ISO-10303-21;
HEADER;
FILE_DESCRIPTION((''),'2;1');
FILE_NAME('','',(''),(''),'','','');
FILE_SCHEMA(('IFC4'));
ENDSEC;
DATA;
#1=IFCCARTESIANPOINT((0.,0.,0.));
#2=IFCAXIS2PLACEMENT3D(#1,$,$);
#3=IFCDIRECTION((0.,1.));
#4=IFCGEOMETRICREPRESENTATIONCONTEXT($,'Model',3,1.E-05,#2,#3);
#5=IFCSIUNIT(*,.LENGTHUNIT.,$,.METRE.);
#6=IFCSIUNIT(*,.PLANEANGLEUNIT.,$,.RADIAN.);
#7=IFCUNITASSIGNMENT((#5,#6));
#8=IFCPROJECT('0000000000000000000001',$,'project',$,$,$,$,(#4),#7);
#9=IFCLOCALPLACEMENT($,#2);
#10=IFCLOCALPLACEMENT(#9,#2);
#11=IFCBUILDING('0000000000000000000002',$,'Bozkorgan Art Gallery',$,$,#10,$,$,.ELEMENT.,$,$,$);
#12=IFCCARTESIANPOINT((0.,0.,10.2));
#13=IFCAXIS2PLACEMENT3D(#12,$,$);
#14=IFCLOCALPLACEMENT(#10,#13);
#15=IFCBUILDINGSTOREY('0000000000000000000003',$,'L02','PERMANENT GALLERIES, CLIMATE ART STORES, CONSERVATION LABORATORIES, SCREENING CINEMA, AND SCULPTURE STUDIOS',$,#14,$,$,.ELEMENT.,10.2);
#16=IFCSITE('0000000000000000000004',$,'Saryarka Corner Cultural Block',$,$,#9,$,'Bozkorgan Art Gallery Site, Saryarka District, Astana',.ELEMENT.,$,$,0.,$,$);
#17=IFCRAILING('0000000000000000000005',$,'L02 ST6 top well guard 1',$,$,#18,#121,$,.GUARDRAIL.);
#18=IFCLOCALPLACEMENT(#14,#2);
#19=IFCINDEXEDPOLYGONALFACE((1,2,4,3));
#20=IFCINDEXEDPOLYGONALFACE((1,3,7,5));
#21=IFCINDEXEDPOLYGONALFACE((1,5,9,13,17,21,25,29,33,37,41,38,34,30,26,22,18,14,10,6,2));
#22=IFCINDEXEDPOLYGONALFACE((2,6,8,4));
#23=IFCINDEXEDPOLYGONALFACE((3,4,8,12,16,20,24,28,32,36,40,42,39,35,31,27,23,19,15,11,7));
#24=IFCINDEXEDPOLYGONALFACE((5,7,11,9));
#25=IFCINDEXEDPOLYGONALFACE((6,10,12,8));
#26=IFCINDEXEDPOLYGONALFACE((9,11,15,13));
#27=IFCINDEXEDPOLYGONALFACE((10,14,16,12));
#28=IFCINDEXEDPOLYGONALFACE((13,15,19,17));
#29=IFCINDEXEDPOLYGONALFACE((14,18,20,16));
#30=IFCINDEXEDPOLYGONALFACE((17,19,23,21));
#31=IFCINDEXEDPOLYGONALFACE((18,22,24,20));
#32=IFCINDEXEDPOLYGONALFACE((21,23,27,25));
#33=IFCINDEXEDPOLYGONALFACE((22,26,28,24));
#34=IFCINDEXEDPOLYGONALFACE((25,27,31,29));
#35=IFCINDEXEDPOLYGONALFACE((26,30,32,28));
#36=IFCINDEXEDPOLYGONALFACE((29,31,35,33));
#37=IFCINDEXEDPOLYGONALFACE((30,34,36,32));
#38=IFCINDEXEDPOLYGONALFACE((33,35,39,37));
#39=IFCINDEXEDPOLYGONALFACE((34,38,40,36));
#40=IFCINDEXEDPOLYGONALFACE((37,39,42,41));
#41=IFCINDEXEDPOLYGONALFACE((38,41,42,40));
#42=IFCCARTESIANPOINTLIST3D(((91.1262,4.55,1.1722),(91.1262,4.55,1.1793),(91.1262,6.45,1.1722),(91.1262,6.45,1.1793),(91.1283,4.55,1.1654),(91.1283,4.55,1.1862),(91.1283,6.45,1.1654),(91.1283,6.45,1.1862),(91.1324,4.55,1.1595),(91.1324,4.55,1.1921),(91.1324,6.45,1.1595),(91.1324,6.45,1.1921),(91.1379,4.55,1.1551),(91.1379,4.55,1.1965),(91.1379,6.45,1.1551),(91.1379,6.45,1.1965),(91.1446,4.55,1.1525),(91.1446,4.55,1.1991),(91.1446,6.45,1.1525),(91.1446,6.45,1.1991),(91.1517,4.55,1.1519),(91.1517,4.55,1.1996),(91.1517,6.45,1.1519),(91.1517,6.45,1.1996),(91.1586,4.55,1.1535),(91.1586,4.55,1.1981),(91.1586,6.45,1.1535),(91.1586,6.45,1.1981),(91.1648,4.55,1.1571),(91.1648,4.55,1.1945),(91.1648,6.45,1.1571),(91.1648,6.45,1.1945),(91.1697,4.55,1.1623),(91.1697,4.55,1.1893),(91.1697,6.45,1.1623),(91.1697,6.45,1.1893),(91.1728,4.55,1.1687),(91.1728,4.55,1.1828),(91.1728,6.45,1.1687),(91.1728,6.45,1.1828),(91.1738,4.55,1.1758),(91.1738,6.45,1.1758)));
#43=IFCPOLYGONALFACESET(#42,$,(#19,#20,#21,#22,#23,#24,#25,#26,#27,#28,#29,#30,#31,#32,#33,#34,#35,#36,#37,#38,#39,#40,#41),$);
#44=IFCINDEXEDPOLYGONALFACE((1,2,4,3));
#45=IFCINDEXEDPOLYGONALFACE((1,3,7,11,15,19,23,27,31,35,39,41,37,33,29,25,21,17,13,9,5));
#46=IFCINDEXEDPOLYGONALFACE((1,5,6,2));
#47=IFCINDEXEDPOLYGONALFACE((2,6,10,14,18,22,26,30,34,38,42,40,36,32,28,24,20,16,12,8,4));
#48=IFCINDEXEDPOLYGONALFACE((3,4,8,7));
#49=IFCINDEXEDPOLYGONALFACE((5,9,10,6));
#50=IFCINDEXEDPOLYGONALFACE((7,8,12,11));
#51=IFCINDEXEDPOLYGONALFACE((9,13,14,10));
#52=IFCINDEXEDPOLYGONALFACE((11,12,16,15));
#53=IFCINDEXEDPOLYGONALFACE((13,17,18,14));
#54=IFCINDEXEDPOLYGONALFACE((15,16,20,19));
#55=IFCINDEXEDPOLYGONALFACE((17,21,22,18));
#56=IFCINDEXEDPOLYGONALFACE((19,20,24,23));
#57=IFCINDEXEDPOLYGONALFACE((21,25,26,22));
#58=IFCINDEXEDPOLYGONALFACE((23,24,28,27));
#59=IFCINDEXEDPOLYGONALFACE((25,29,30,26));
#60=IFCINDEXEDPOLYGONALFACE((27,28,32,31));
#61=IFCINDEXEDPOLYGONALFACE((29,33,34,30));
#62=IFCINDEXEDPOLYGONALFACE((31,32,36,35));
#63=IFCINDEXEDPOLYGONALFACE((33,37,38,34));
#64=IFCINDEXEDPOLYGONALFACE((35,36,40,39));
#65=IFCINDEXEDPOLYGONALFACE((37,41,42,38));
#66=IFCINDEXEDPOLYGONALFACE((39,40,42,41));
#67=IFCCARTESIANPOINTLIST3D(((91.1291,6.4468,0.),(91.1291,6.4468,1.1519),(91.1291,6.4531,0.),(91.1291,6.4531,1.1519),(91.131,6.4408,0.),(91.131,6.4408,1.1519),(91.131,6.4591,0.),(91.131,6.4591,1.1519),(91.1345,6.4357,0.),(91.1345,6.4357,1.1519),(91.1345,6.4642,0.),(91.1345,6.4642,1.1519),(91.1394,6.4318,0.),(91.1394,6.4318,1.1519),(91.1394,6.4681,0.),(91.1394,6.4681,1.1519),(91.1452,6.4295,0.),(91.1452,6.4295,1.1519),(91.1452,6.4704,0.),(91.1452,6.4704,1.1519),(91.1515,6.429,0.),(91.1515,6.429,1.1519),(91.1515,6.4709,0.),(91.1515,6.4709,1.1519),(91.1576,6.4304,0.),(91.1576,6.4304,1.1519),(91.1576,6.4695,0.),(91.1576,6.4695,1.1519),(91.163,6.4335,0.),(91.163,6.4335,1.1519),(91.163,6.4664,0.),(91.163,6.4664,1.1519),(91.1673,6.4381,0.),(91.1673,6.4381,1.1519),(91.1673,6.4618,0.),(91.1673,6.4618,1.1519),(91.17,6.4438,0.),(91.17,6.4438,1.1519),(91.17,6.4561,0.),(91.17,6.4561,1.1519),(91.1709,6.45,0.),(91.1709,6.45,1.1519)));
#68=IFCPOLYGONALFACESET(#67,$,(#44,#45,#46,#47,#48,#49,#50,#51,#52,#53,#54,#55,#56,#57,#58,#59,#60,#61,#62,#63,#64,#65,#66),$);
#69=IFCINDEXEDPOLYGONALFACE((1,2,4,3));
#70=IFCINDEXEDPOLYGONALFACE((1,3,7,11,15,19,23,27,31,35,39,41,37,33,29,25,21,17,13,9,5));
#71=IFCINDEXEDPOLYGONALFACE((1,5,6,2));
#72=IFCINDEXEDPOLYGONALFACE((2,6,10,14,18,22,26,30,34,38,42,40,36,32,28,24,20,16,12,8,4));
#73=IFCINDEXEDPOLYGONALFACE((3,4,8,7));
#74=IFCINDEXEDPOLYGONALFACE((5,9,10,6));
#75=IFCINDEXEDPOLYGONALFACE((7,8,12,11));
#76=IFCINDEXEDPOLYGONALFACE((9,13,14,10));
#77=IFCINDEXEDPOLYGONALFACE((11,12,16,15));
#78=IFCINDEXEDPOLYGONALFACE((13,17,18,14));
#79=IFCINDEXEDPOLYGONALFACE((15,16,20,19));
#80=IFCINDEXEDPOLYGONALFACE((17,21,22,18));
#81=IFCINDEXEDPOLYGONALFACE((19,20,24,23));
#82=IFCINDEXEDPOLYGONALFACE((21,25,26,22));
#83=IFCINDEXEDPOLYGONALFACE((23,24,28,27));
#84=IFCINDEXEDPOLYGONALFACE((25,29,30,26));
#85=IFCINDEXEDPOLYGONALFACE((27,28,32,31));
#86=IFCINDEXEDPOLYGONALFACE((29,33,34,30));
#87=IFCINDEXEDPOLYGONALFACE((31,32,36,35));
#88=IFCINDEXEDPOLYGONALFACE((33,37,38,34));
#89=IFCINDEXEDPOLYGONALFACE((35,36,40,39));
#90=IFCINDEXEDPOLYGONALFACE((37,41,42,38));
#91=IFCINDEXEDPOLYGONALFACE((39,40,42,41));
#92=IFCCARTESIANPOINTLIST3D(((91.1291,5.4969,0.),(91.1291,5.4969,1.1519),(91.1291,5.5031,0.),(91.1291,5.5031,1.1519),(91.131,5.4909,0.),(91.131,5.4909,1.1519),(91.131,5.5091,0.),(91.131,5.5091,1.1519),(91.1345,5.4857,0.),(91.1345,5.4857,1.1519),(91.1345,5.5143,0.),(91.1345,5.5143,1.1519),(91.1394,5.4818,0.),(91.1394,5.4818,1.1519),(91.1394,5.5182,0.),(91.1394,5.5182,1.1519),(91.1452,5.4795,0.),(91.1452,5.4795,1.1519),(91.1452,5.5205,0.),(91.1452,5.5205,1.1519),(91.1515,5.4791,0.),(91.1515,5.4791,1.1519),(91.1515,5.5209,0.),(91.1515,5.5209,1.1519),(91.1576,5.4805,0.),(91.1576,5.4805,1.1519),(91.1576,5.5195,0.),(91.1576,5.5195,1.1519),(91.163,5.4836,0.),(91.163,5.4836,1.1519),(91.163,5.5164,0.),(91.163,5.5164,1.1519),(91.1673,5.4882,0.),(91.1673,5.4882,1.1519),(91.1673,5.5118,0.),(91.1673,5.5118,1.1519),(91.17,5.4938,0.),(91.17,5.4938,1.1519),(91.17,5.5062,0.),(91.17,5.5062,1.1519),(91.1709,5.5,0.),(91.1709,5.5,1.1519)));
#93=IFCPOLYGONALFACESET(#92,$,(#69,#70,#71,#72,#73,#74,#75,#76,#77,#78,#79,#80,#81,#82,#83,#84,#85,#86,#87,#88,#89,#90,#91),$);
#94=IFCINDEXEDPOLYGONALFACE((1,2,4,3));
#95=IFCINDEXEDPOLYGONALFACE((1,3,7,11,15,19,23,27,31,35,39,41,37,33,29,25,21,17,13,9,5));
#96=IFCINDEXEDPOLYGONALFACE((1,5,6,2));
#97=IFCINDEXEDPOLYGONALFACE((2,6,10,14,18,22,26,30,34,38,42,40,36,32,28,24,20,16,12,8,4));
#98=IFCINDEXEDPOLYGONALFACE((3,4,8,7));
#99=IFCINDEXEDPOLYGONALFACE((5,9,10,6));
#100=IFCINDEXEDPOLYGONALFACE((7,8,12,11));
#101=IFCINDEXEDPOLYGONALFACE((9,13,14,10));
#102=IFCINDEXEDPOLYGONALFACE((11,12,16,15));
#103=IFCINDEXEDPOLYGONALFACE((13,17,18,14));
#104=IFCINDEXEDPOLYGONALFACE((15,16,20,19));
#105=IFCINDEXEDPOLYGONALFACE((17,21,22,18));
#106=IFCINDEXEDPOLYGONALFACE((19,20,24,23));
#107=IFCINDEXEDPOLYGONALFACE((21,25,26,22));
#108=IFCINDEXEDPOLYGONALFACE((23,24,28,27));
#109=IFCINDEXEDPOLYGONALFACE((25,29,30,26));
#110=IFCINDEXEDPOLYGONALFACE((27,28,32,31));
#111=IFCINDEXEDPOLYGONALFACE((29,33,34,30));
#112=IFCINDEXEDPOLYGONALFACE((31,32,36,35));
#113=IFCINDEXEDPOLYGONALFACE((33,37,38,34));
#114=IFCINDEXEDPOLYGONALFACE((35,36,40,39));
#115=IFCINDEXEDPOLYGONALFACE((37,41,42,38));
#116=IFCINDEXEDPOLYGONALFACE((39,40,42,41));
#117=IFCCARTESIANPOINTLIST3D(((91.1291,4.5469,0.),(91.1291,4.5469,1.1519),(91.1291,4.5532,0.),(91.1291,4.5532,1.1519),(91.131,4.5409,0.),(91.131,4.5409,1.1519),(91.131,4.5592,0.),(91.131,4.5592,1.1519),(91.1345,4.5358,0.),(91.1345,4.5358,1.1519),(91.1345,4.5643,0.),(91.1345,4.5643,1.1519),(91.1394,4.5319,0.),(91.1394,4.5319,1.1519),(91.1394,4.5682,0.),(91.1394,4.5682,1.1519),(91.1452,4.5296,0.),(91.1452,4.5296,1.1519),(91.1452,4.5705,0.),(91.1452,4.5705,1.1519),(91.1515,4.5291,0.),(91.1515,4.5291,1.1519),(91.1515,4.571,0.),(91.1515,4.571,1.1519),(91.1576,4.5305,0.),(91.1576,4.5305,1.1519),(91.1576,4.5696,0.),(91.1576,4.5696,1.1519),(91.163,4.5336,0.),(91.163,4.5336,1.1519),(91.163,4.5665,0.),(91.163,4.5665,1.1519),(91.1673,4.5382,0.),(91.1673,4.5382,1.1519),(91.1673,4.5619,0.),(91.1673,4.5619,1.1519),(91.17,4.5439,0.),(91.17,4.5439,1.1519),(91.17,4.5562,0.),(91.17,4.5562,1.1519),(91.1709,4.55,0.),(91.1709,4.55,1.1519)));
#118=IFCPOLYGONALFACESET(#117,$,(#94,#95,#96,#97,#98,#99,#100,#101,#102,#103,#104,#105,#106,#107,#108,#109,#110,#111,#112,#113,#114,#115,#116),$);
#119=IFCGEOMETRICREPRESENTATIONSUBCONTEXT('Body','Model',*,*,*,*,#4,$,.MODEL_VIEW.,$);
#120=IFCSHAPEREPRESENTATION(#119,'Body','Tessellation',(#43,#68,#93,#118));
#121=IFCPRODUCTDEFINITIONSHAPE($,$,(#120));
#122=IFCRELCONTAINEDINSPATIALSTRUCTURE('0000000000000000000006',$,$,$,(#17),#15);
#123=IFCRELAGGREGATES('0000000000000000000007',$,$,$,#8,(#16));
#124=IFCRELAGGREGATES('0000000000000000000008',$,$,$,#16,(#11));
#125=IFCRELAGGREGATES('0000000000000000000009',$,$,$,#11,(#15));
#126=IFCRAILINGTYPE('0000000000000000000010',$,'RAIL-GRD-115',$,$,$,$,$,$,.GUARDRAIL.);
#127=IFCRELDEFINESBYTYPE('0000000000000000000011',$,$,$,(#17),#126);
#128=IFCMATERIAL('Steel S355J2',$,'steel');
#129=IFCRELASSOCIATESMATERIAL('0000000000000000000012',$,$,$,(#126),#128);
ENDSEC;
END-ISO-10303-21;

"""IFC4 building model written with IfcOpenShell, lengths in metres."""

from ifc_helpers import new_model, si_unit, direction, frame, origin, origin_2d, place, context, subcontext, project, spatial, circle, extrude, material, type_object, element, save


model = new_model("IFC4")

# Units and contexts
model_context = context("Model", 3, precision=1e-05, world=origin(), true_north=direction((0.0, 1.0)))
body_context = subcontext(model_context, "Body", "Model", "MODEL_VIEW")
ifc_project = project(units=[si_unit("LENGTHUNIT", "METRE"), si_unit("PLANEANGLEUNIT", "RADIAN")], contexts=[model_context])

# Site, building, storey
site_placement = place(None, origin())
site = spatial("IfcSite", under=ifc_project, at=site_placement, Name="Saryarka Corner Cultural Block", LongName="Bozkorgan Art Gallery Site, Saryarka District, Astana", CompositionType="ELEMENT", RefElevation=0.0)
building_placement = place(site_placement, origin())
building = spatial("IfcBuilding", under=site, at=building_placement, Name="Bozkorgan Art Gallery", CompositionType="ELEMENT")
storey_placement = place(building_placement, frame((0.0, 0.0, 10.2)))
storey = spatial("IfcBuildingStorey", under=building, at=storey_placement, Name="L02", Description="PERMANENT GALLERIES, CLIMATE ART STORES, CONSERVATION LABORATORIES, SCREENING CINEMA, AND SCULPTURE STUDIOS", CompositionType="ELEMENT", Elevation=10.2)

# Shared definitions
ifc_material_1 = material(Name="Steel S355J2", Category="steel")

# Railing
railing_type = type_object("IfcRailingType", Name="RAIL-GRD-115", PredefinedType="GUARDRAIL", material=ifc_material_1)
railing_placement = place(storey_placement, frame((91.1499, 6.45, 0.0)))
element("IfcRailing", 1, at=railing_placement, inside=storey, type_object=railing_type, Name="L02 ST6 top well guard 1", PredefinedType="GUARDRAIL", context=body_context, shape_type="SweptSolid", body=[
    extrude(circle(Radius=0.0239, at=origin_2d()), frame((0.0, 0.0, 1.1758), z_axis=(0.0, -1.0, 0.0), x_axis=(1.0, 0.0, 0.0)), (0.0, 0.0, 1.0), 1.8999),
    extrude(circle(Radius=0.021, at=origin_2d()), origin(), (0.0, 0.0, 1.0), 1.1519),
    extrude(circle(Radius=0.021, at=origin_2d()), frame((0.0, -0.95, 0.0)), (0.0, 0.0, 1.0), 1.1519),
    extrude(circle(Radius=0.021, at=origin_2d()), frame((0.0, -1.8999, 0.0)), (0.0, 0.0, 1.0), 1.1519),
])

save(model, "model.ifc")
